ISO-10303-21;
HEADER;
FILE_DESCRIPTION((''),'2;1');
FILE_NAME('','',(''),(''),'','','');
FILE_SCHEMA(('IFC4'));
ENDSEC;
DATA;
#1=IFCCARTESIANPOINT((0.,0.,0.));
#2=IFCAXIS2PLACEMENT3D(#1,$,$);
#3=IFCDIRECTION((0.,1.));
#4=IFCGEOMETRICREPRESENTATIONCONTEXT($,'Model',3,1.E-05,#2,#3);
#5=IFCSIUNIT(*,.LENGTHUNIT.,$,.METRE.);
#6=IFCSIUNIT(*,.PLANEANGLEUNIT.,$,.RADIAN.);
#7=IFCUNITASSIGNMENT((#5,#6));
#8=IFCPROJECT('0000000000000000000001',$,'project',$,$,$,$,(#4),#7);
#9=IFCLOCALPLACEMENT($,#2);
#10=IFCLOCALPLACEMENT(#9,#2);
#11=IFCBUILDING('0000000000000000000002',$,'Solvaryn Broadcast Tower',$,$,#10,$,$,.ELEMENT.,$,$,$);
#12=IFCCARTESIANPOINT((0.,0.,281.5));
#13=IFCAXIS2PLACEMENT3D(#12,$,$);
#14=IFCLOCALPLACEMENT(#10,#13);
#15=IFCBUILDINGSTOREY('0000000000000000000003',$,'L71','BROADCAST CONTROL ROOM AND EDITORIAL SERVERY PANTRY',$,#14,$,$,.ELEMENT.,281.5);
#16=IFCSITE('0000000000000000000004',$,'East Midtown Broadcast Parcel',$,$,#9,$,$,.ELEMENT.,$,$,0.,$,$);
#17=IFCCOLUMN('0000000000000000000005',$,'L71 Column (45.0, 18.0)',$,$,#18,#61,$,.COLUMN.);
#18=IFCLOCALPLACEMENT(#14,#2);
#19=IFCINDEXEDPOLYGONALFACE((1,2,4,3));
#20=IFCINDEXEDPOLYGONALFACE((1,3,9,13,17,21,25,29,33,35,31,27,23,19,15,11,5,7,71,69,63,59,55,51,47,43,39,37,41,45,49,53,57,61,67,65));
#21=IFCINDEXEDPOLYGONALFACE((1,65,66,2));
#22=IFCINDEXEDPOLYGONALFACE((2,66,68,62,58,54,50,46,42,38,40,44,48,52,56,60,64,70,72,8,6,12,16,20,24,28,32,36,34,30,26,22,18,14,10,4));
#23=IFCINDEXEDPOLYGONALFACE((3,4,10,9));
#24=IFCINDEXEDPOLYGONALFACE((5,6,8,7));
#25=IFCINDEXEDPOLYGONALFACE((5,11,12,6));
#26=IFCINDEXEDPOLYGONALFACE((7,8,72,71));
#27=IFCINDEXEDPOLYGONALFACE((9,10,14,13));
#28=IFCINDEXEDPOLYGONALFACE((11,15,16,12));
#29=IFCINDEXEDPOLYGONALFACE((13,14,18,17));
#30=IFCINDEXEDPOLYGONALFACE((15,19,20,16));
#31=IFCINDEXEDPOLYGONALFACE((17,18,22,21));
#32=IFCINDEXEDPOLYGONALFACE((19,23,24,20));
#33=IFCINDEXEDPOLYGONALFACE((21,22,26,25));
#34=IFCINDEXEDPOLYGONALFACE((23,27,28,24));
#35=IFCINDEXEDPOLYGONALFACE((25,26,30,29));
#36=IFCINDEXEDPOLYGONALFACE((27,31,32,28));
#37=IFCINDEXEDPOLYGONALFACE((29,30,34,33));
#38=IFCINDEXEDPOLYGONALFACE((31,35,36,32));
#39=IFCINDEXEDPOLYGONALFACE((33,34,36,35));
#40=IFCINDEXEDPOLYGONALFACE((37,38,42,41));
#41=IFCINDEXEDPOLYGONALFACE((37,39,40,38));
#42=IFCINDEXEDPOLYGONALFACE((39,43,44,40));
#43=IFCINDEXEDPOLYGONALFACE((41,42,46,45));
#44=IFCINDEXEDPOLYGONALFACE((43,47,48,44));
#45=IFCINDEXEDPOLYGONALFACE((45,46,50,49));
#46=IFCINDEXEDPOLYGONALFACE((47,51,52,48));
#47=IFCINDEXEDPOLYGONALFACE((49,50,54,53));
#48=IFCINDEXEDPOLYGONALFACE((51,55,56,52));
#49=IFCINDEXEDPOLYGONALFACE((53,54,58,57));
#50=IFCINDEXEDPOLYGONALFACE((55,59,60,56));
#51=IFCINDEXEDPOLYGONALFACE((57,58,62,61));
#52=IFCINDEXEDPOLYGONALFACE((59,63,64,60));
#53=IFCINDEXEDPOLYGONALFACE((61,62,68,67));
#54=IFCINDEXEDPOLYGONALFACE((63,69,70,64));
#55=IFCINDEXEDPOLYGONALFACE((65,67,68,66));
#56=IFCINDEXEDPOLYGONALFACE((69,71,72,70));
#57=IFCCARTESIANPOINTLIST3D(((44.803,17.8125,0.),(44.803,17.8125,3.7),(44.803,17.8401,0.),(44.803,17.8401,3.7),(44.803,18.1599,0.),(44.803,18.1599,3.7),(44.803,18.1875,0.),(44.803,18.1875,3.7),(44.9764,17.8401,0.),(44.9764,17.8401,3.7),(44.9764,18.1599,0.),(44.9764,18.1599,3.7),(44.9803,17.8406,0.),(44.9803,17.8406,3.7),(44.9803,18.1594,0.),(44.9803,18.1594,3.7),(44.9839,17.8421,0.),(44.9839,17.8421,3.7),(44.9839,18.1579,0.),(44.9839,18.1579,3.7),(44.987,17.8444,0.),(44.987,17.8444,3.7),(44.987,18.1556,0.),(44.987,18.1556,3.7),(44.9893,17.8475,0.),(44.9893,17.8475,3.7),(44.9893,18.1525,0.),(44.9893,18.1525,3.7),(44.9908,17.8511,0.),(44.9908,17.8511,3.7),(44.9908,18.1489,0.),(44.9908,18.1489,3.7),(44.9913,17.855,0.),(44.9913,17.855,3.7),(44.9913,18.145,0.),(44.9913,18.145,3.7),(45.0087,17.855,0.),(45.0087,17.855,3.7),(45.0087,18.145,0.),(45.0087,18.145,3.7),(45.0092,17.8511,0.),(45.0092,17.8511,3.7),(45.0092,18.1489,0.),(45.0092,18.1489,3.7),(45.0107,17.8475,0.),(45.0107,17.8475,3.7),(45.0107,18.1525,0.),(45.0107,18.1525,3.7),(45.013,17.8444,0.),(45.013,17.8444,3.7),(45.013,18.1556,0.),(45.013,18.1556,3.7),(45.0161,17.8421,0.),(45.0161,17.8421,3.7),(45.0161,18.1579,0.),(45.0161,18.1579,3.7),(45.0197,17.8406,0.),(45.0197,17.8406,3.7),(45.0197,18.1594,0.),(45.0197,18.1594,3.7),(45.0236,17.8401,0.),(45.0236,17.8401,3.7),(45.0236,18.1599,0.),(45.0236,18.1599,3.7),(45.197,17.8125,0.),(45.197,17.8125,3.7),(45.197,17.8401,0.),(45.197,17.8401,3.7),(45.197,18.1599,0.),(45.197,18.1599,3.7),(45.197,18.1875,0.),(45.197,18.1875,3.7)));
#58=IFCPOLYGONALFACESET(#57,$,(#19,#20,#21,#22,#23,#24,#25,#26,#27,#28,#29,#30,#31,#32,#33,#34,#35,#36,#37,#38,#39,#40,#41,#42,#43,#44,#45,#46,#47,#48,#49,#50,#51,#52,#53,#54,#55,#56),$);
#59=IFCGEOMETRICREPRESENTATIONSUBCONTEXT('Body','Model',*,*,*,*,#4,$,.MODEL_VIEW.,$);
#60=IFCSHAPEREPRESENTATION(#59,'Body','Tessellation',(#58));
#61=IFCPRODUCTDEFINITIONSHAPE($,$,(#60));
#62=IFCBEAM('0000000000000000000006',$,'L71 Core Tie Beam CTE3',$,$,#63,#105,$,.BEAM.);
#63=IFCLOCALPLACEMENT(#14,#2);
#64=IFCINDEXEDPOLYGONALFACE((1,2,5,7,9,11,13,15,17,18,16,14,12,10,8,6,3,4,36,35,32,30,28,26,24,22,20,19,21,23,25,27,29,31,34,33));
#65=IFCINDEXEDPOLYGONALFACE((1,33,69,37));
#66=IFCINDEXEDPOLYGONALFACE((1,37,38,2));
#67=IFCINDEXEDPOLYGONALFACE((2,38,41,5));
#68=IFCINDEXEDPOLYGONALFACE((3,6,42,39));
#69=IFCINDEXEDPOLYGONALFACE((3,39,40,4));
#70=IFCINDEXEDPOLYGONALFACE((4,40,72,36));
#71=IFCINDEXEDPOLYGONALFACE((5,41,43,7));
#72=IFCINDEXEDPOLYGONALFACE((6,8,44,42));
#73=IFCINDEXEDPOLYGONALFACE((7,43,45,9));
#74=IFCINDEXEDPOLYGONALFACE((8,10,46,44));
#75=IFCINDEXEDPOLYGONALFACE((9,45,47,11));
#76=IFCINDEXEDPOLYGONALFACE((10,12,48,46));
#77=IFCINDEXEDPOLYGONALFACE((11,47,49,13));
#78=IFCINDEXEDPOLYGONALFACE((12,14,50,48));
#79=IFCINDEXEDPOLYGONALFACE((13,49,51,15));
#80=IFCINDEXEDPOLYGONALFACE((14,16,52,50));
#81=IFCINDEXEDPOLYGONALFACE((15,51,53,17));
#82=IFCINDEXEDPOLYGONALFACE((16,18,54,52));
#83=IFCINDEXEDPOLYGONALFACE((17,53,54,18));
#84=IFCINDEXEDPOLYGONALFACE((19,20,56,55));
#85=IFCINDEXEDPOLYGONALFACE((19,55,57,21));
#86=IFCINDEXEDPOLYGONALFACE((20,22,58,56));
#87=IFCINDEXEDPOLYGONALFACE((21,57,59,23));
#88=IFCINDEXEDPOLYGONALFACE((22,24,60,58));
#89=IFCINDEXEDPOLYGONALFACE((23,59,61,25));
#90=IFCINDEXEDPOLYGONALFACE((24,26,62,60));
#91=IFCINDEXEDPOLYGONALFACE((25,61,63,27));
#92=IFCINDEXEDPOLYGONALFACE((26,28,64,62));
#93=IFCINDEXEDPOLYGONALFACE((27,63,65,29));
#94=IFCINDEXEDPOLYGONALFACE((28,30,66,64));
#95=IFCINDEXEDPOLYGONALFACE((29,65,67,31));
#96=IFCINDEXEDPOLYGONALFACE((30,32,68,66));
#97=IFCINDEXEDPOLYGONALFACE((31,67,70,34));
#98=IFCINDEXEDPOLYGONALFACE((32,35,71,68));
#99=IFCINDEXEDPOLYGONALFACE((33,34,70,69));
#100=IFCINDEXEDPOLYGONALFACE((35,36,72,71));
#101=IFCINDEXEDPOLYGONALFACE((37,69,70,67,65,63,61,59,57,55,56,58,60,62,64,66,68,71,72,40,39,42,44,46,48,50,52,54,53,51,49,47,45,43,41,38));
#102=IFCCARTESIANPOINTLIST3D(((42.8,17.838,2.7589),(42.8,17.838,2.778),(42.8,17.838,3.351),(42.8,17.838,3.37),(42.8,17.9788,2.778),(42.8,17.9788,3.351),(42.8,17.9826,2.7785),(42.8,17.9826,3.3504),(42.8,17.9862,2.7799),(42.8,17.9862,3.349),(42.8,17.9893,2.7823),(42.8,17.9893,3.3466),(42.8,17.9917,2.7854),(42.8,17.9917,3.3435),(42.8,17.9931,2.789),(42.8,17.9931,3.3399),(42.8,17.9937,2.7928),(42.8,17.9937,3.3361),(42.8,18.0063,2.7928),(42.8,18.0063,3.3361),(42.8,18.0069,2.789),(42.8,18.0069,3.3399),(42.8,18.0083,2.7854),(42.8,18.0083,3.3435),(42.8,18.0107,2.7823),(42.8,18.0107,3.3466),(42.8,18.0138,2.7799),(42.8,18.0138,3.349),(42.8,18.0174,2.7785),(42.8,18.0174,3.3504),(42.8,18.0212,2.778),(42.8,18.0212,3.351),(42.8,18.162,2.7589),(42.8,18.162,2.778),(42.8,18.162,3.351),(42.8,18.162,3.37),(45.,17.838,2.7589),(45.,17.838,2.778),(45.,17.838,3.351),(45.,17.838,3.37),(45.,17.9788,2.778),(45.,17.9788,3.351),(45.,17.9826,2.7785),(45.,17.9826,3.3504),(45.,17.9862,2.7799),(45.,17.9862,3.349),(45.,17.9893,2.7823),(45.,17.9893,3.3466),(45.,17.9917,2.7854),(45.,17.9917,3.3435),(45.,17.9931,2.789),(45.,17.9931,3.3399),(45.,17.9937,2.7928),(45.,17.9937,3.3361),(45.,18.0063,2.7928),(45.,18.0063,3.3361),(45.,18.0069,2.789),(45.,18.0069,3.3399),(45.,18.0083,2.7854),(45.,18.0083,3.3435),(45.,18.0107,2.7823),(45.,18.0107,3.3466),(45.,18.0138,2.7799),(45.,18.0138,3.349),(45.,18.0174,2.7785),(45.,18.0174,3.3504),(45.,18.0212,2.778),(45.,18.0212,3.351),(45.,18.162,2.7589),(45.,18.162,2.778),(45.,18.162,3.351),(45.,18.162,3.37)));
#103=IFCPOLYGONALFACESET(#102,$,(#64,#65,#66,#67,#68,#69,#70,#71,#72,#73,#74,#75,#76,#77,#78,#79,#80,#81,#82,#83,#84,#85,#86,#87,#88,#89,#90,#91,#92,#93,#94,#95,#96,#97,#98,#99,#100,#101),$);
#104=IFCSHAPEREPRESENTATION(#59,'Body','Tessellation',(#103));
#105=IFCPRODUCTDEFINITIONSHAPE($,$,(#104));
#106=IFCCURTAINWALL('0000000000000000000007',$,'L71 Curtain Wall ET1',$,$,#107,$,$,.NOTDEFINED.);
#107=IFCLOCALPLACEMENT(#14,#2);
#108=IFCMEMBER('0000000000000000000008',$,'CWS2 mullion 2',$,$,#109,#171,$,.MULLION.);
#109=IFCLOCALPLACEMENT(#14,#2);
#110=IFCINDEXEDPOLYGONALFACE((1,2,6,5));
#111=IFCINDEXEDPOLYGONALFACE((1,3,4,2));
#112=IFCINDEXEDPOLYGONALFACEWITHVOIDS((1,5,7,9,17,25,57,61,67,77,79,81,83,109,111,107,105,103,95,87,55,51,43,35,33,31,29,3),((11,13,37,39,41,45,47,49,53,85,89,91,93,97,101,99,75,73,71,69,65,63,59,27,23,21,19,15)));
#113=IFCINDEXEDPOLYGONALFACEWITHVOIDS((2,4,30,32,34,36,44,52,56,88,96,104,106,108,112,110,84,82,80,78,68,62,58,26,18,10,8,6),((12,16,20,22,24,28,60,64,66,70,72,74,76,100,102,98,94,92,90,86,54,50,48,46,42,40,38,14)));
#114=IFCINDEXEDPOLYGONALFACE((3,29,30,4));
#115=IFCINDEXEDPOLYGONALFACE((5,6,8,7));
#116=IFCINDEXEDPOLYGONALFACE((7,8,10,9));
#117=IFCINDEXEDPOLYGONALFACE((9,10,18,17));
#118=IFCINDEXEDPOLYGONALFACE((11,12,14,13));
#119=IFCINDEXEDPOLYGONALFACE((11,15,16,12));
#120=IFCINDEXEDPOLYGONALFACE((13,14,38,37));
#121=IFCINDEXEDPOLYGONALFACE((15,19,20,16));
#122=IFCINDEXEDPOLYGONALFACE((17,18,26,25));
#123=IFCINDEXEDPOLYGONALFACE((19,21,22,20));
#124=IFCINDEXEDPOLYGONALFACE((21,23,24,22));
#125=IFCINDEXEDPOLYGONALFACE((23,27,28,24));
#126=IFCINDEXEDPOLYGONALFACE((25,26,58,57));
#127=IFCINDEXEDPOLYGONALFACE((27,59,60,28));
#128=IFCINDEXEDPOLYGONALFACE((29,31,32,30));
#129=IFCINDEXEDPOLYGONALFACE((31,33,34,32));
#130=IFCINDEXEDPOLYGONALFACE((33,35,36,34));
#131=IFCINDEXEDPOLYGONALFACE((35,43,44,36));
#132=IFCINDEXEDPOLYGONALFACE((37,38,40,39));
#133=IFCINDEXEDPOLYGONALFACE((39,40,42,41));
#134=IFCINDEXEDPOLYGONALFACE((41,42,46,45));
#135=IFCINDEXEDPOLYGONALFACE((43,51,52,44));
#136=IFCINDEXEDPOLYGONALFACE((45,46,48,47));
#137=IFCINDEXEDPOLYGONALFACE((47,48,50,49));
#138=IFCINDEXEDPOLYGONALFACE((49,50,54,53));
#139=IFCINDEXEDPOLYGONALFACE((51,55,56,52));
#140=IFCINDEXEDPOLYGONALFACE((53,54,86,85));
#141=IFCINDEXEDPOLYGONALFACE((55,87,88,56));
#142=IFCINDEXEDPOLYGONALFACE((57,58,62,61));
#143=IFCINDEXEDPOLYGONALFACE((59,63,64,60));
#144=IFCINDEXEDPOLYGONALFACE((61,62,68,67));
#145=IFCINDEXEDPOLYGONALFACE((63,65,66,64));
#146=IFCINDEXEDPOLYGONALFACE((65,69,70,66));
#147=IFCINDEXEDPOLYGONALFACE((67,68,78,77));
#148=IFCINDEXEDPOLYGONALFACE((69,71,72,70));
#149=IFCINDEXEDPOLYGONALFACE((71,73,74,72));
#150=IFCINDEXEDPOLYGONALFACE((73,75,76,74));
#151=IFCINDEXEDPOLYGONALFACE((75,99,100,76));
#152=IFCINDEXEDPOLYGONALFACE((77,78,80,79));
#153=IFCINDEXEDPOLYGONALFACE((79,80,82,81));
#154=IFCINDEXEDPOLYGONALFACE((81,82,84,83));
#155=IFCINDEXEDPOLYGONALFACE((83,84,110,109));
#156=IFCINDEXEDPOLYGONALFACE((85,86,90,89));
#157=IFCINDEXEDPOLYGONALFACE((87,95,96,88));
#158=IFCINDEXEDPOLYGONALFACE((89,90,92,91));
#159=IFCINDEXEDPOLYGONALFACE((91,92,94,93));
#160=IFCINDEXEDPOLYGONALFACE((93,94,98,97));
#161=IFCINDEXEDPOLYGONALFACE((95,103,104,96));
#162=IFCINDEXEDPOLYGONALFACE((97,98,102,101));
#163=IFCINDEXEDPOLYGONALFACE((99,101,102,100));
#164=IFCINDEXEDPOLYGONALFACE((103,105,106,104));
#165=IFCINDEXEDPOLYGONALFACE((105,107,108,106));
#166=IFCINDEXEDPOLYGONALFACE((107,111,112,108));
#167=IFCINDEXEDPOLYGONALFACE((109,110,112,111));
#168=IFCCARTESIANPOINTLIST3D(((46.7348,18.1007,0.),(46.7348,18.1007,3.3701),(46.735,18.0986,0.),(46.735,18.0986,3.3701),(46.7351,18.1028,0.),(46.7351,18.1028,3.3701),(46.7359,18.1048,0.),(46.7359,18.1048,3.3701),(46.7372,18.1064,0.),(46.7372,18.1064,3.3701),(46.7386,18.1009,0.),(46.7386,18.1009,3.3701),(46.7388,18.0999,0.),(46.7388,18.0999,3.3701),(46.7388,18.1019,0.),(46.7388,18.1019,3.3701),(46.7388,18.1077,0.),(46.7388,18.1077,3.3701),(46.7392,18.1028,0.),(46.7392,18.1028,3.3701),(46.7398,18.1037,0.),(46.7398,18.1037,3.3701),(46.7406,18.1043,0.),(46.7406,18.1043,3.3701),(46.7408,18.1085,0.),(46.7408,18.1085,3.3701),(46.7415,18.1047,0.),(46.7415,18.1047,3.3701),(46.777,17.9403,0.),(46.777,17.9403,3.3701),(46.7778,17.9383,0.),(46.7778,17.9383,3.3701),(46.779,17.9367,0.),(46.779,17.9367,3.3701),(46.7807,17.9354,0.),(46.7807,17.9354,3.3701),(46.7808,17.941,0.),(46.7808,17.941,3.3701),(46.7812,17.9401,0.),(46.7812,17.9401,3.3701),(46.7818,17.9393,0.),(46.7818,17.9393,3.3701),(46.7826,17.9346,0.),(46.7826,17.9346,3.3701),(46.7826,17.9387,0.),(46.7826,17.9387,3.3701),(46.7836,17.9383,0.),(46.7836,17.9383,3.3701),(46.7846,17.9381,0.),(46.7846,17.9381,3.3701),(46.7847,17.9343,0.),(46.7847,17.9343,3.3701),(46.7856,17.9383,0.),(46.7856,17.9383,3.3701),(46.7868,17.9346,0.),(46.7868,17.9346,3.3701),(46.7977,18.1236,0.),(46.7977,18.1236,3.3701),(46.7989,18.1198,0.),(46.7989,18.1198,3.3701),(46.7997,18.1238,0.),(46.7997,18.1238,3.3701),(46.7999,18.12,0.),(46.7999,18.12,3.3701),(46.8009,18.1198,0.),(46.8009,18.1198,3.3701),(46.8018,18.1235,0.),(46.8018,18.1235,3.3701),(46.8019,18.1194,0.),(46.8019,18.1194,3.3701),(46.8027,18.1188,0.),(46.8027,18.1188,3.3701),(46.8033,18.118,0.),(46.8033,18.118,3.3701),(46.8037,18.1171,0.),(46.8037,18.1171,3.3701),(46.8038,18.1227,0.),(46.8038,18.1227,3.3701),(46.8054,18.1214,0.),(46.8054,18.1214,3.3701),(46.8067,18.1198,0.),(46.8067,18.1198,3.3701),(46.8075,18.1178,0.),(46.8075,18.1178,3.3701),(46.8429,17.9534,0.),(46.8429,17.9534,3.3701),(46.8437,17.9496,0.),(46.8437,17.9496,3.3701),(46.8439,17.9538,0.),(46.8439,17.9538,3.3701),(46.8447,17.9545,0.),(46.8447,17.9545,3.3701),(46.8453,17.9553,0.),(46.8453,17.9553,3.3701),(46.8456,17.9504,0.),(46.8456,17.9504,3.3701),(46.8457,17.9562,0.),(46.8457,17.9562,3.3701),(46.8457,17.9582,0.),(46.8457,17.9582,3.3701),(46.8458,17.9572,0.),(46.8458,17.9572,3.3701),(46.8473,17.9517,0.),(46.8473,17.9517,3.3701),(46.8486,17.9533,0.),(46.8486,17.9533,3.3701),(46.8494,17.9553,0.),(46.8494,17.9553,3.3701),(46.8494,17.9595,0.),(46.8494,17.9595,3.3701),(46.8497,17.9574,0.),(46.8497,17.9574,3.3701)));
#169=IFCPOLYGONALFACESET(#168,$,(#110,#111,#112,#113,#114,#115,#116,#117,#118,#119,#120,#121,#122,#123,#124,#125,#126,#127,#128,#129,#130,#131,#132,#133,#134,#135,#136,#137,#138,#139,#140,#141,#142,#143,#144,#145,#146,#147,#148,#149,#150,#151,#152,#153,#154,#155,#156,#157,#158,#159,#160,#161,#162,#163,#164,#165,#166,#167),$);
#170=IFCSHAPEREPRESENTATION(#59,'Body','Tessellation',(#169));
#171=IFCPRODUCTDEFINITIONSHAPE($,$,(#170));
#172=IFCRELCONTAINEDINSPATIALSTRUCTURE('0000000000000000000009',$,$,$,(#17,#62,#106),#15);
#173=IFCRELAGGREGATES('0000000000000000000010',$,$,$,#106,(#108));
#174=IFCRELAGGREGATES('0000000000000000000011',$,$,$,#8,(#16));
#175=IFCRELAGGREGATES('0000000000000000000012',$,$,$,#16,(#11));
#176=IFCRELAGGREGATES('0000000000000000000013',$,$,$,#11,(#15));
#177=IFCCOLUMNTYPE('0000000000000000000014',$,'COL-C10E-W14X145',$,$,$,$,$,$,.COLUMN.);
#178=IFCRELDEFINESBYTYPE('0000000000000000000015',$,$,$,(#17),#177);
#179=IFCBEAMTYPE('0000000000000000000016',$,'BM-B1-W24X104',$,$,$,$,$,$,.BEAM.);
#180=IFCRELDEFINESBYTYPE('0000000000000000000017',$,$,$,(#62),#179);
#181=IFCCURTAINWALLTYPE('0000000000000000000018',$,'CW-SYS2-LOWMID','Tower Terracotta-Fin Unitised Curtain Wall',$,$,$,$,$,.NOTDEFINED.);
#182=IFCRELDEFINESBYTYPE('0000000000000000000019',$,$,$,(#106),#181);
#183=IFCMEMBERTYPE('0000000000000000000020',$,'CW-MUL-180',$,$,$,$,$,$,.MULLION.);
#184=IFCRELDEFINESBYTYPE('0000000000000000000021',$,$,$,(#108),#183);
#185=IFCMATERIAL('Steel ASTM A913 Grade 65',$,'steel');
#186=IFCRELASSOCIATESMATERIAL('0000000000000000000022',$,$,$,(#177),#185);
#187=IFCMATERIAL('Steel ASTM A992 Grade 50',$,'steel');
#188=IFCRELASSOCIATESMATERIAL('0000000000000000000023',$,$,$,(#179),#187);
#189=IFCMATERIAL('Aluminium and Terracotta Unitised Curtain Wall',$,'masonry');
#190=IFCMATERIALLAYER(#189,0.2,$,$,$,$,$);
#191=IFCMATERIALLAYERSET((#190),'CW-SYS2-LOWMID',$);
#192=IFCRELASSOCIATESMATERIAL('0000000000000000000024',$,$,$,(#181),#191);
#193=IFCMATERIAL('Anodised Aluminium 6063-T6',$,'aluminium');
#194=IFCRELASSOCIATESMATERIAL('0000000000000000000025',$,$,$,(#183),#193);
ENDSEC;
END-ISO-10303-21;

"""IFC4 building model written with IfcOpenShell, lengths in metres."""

from ifc_helpers import new_model, si_unit, direction, frame, origin, origin_2d, place, context, subcontext, project, spatial, hollow_rectangle, i_section, extrude, material, layer, layer_set, material_profile, profile_set, type_object, element, aggregate, save


model = new_model("IFC4")

# Units and contexts
model_context = context("Model", 3, precision=1e-05, world=origin(), true_north=direction((0.0, 1.0)))
body_context = subcontext(model_context, "Body", "Model", "MODEL_VIEW")
ifc_project = project(units=[si_unit("LENGTHUNIT", "METRE"), si_unit("PLANEANGLEUNIT", "RADIAN")], contexts=[model_context])

# Site, building, storey
site_placement = place(None, origin())
site = spatial("IfcSite", under=ifc_project, at=site_placement, Name="East Midtown Broadcast Parcel", CompositionType="ELEMENT", RefElevation=0.0)
building_placement = place(site_placement, origin())
building = spatial("IfcBuilding", under=site, at=building_placement, Name="Solvaryn Broadcast Tower", CompositionType="ELEMENT")
storey_placement = place(building_placement, frame((0.0, 0.0, 281.5)))
storey = spatial("IfcBuildingStorey", under=building, at=storey_placement, Name="L71", Description="BROADCAST CONTROL ROOM AND EDITORIAL SERVERY PANTRY", CompositionType="ELEMENT", Elevation=281.5)

# Column
ifc_material_1 = material(Name="Steel ASTM A913 Grade 65", Category="steel")
ifc_material_profile_1 = material_profile(ifc_material_1, i_section(OverallWidth=0.394, OverallDepth=0.375, WebThickness=0.0173, FlangeThickness=0.0276, FilletRadius=0.0149, at=origin_2d()))
ifc_profile_set_1 = profile_set([ifc_material_profile_1], Name="Steel ASTM A913 Grade 65")
column_type = type_object("IfcColumnType", Name="COL-C10E-W14X145", PredefinedType="COLUMN", material=ifc_profile_set_1)
column_placement = place(storey_placement, frame((45.0, 18.0, 0.0), z_axis=(0.0, 0.0, 1.0), x_axis=(1.0, 0.0, 0.0)))
element("IfcColumn", 1, at=column_placement, inside=storey, type_object=column_type, Name="L71 Column (45.0, 18.0)", PredefinedType="COLUMN", context=body_context, shape_type="SweptSolid", body=[
    extrude(i_section(OverallWidth=0.394, OverallDepth=0.375, WebThickness=0.0173, FlangeThickness=0.0276, FilletRadius=0.0149, at=origin_2d()), origin(), (0.0, 0.0, 1.0), 3.7),
])

# Beam
ifc_material_2 = material(Name="Steel ASTM A992 Grade 50", Category="steel")
ifc_material_profile_2 = material_profile(ifc_material_2, i_section(OverallWidth=0.324, OverallDepth=0.6111, WebThickness=0.0127, FlangeThickness=0.019, FilletRadius=0.0149, at=origin_2d()))
ifc_profile_set_2 = profile_set([ifc_material_profile_2], Name="Steel ASTM A992 Grade 50")
beam_type = type_object("IfcBeamType", Name="BM-B1-W24X104", PredefinedType="BEAM", material=ifc_profile_set_2)
beam_placement = place(storey_placement, frame((42.8, 18.0, 3.0645), z_axis=(1.0, 0.0, 0.0), x_axis=(0.0, 1.0, 0.0)))
element("IfcBeam", 2, at=beam_placement, inside=storey, type_object=beam_type, Name="L71 Core Tie Beam CTE3", PredefinedType="BEAM", context=body_context, shape_type="SweptSolid", body=[
    extrude(i_section(OverallWidth=0.324, OverallDepth=0.6111, WebThickness=0.0127, FlangeThickness=0.019, FilletRadius=0.0149, at=origin_2d()), origin(), (0.0, 0.0, 1.0), 2.2),
])

# Curtain wall, member
ifc_material_3 = material(Name="Aluminium and Terracotta Unitised Curtain Wall", Category="masonry")
ifc_layer_1 = layer(ifc_material_3, 0.2)
ifc_layer_set_1 = layer_set([ifc_layer_1], Name="CW-SYS2-LOWMID")
curtain_wall_type = type_object("IfcCurtainWallType", Name="CW-SYS2-LOWMID", Description="Tower Terracotta-Fin Unitised Curtain Wall", PredefinedType="NOTDEFINED", material=ifc_layer_set_1)
curtain_wall_1_placement = place(storey_placement, origin())
curtain_wall_1 = element("IfcCurtainWall", 3, at=curtain_wall_1_placement, inside=storey, type_object=curtain_wall_type, Name="L71 Curtain Wall ET1", PredefinedType="NOTDEFINED")
ifc_material_4 = material(Name="Anodised Aluminium 6063-T6", Category="aluminium")
ifc_material_profile_3 = material_profile(ifc_material_4, hollow_rectangle(XDim=0.075, YDim=0.1799, WallThickness=0.0039, InnerFilletRadius=0.0039, OuterFilletRadius=0.0081, at=origin_2d()))
ifc_profile_set_3 = profile_set([ifc_material_profile_3], Name="Anodised Aluminium 6063-T6")
member_type_1 = type_object("IfcMemberType", Name="CW-MUL-180", PredefinedType="MULLION", material=ifc_profile_set_3)
member_1_placement = place(storey_placement, frame((46.7922, 18.0291, 0.0), z_axis=(0.0, 0.0, 1.0), x_axis=(0.966705, 0.255893, 0.0)))
member_1 = element("IfcMember", 4, at=member_1_placement, type_object=member_type_1, Name="CWS2 mullion 2", PredefinedType="MULLION", context=body_context, shape_type="SweptSolid", body=[
    extrude(hollow_rectangle(XDim=0.075, YDim=0.1799, WallThickness=0.0039, InnerFilletRadius=0.0039, OuterFilletRadius=0.0081, at=origin_2d()), origin(), (0.0, 0.0, 1.0), 3.3701),
])

aggregate(curtain_wall_1, [member_1])

save(model, "model.ifc")
